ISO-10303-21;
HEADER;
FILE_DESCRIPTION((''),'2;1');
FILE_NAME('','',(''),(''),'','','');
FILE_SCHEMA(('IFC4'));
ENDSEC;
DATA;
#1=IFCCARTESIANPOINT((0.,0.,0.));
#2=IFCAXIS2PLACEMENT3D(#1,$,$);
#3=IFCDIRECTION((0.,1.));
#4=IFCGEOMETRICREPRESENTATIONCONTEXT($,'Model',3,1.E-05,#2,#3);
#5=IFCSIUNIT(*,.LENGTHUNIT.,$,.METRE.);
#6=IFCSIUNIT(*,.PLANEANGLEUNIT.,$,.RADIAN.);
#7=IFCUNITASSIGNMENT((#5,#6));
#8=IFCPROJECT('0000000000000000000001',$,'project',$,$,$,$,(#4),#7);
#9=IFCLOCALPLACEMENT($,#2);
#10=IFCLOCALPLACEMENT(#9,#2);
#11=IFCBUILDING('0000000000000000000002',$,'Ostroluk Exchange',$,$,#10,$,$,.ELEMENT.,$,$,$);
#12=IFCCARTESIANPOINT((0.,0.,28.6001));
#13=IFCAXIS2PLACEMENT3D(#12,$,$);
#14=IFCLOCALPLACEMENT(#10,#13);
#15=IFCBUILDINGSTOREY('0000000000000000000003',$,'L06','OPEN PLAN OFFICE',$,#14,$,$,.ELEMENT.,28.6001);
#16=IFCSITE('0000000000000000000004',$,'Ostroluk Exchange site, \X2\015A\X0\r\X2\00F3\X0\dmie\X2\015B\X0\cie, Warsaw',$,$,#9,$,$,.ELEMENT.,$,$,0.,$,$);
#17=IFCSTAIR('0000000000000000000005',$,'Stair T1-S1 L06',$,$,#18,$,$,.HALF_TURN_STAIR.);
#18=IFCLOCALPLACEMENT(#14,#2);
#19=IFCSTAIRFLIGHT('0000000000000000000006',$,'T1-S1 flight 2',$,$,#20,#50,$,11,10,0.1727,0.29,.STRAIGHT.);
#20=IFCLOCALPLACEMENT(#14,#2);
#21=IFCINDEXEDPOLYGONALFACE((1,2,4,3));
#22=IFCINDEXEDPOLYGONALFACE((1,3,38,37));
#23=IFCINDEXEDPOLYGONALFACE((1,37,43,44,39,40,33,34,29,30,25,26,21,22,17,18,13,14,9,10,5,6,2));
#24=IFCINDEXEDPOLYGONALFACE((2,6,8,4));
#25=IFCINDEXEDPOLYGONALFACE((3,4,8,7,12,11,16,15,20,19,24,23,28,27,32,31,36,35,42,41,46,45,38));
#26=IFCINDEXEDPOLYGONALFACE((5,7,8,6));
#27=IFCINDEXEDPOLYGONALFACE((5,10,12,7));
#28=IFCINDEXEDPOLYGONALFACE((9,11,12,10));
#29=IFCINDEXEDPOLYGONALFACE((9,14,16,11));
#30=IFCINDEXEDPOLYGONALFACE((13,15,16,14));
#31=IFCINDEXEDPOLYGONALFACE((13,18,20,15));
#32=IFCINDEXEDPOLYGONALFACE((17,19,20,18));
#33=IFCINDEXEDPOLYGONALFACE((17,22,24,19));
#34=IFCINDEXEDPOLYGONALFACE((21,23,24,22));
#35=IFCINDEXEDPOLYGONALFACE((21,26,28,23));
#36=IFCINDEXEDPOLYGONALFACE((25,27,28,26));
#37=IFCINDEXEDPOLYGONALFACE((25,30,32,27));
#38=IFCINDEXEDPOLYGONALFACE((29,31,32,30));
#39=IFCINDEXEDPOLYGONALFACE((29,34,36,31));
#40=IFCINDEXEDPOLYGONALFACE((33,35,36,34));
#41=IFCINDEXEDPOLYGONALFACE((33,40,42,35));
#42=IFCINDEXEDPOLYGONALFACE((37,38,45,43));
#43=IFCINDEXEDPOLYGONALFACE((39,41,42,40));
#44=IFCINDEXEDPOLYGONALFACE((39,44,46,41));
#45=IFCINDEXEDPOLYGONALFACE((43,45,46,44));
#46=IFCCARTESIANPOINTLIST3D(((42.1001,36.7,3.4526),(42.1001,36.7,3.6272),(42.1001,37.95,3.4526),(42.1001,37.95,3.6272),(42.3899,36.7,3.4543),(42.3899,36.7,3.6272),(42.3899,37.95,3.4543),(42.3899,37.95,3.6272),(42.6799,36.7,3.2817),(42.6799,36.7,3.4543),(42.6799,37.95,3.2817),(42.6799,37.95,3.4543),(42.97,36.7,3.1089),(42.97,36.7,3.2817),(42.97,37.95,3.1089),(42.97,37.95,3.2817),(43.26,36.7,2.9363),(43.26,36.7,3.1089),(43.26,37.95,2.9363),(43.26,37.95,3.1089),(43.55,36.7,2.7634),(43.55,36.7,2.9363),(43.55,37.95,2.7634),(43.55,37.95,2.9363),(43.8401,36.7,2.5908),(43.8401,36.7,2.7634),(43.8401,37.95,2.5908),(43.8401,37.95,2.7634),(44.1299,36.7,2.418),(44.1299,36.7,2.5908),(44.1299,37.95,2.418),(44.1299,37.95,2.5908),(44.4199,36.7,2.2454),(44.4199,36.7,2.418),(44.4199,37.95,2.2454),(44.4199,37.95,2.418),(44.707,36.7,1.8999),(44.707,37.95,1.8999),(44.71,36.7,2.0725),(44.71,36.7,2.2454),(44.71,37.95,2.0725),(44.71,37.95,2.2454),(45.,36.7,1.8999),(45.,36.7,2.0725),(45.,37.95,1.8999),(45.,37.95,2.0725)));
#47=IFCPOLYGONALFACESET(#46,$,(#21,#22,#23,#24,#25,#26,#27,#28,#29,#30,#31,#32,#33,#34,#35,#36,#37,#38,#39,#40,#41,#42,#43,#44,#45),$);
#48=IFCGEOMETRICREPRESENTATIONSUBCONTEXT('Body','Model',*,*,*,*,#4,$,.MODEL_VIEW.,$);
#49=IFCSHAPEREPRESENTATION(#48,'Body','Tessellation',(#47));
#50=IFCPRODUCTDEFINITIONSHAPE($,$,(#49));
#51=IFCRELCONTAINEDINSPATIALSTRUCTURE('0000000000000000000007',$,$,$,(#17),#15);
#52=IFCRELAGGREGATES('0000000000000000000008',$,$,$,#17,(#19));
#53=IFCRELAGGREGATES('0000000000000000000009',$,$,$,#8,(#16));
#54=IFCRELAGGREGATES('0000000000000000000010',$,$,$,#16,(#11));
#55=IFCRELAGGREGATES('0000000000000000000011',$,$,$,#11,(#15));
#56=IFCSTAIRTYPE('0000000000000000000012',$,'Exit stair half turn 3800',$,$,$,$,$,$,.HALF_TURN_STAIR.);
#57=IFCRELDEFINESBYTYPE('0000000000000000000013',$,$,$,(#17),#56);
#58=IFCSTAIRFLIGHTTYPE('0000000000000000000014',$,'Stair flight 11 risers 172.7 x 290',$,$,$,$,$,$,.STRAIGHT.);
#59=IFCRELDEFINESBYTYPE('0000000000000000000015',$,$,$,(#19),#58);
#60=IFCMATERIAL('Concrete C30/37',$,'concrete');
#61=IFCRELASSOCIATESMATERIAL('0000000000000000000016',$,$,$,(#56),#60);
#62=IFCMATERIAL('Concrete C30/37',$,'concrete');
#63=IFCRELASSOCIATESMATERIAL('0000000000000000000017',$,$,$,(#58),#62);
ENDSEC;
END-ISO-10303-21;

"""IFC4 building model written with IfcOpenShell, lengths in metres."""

from ifc_helpers import new_model, si_unit, direction, frame, origin, place, context, subcontext, project, spatial, polyline, outline, extrude, material, type_object, element, aggregate, save


model = new_model("IFC4")

# Units and contexts
model_context = context("Model", 3, precision=1e-05, world=origin(), true_north=direction((0.0, 1.0)))
body_context = subcontext(model_context, "Body", "Model", "MODEL_VIEW")
ifc_project = project(units=[si_unit("LENGTHUNIT", "METRE"), si_unit("PLANEANGLEUNIT", "RADIAN")], contexts=[model_context])

# Site, building, storey
site_placement = place(None, origin())
site = spatial("IfcSite", under=ifc_project, at=site_placement, Name="Ostroluk Exchange site, Śródmieście, Warsaw", CompositionType="ELEMENT", RefElevation=0.0)
building_placement = place(site_placement, origin())
building = spatial("IfcBuilding", under=site, at=building_placement, Name="Ostroluk Exchange", CompositionType="ELEMENT")
storey_placement = place(building_placement, frame((0.0, 0.0, 28.6001)))
storey = spatial("IfcBuildingStorey", under=building, at=storey_placement, Name="L06", Description="OPEN PLAN OFFICE", CompositionType="ELEMENT", Elevation=28.6001)

# Stair, stair flight
ifc_material_1 = material(Name="Concrete C30/37", Category="concrete")
stair_type = type_object("IfcStairType", Name="Exit stair half turn 3800", PredefinedType="HALF_TURN_STAIR", material=ifc_material_1)
stair_placement = place(storey_placement, origin())
stair = element("IfcStair", 1, at=stair_placement, inside=storey, type_object=stair_type, Name="Stair T1-S1 L06", PredefinedType="HALF_TURN_STAIR")
ifc_material_2 = material(Name="Concrete C30/37", Category="concrete")
stair_flight_type = type_object("IfcStairFlightType", Name="Stair flight 11 risers 172.7 x 290", PredefinedType="STRAIGHT", material=ifc_material_2)
stair_flight_1_placement = place(storey_placement, frame((45.0, 37.325, 1.8999), z_axis=(0.0, 0.0, 1.0), x_axis=(-1.0, 0.0, 0.0)))
stair_flight_1 = element("IfcStairFlight", 2, at=stair_flight_1_placement, type_object=stair_flight_type, Name="T1-S1 flight 2", NumberOfRisers=11, NumberOfTreads=10, PredefinedType="STRAIGHT", RiserHeight=0.1727, TreadLength=0.29, context=body_context, shape_type="SweptSolid", body=[
    extrude(outline(polyline([(0.0, 0.0), (0.0, 0.1726), (0.29, 0.1726), (0.29, 0.3455), (0.5801, 0.3455), (0.5801, 0.5181), (0.8701, 0.5181), (0.8701, 0.6909), (1.1599, 0.6909), (1.1599, 0.8635), (1.45, 0.8635), (1.45, 1.0364), (1.74, 1.0364), (1.74, 1.209), (2.03, 1.209), (2.03, 1.3818), (2.3201, 1.3818), (2.3201, 1.5544), (2.6101, 1.5544), (2.6101, 1.7273), (2.8999, 1.7273), (2.8999, 1.8999), (2.8999, 1.5527), (0.293, 0.0), (0.0, 0.0)])), frame((0.0, 0.625, 0.0), z_axis=(0.0, -1.0, 0.0), x_axis=(1.0, 0.0, 0.0)), (0.0, 0.0, 1.0), 1.25),
])
aggregate(stair, [stair_flight_1])

save(model, "model.ifc")
